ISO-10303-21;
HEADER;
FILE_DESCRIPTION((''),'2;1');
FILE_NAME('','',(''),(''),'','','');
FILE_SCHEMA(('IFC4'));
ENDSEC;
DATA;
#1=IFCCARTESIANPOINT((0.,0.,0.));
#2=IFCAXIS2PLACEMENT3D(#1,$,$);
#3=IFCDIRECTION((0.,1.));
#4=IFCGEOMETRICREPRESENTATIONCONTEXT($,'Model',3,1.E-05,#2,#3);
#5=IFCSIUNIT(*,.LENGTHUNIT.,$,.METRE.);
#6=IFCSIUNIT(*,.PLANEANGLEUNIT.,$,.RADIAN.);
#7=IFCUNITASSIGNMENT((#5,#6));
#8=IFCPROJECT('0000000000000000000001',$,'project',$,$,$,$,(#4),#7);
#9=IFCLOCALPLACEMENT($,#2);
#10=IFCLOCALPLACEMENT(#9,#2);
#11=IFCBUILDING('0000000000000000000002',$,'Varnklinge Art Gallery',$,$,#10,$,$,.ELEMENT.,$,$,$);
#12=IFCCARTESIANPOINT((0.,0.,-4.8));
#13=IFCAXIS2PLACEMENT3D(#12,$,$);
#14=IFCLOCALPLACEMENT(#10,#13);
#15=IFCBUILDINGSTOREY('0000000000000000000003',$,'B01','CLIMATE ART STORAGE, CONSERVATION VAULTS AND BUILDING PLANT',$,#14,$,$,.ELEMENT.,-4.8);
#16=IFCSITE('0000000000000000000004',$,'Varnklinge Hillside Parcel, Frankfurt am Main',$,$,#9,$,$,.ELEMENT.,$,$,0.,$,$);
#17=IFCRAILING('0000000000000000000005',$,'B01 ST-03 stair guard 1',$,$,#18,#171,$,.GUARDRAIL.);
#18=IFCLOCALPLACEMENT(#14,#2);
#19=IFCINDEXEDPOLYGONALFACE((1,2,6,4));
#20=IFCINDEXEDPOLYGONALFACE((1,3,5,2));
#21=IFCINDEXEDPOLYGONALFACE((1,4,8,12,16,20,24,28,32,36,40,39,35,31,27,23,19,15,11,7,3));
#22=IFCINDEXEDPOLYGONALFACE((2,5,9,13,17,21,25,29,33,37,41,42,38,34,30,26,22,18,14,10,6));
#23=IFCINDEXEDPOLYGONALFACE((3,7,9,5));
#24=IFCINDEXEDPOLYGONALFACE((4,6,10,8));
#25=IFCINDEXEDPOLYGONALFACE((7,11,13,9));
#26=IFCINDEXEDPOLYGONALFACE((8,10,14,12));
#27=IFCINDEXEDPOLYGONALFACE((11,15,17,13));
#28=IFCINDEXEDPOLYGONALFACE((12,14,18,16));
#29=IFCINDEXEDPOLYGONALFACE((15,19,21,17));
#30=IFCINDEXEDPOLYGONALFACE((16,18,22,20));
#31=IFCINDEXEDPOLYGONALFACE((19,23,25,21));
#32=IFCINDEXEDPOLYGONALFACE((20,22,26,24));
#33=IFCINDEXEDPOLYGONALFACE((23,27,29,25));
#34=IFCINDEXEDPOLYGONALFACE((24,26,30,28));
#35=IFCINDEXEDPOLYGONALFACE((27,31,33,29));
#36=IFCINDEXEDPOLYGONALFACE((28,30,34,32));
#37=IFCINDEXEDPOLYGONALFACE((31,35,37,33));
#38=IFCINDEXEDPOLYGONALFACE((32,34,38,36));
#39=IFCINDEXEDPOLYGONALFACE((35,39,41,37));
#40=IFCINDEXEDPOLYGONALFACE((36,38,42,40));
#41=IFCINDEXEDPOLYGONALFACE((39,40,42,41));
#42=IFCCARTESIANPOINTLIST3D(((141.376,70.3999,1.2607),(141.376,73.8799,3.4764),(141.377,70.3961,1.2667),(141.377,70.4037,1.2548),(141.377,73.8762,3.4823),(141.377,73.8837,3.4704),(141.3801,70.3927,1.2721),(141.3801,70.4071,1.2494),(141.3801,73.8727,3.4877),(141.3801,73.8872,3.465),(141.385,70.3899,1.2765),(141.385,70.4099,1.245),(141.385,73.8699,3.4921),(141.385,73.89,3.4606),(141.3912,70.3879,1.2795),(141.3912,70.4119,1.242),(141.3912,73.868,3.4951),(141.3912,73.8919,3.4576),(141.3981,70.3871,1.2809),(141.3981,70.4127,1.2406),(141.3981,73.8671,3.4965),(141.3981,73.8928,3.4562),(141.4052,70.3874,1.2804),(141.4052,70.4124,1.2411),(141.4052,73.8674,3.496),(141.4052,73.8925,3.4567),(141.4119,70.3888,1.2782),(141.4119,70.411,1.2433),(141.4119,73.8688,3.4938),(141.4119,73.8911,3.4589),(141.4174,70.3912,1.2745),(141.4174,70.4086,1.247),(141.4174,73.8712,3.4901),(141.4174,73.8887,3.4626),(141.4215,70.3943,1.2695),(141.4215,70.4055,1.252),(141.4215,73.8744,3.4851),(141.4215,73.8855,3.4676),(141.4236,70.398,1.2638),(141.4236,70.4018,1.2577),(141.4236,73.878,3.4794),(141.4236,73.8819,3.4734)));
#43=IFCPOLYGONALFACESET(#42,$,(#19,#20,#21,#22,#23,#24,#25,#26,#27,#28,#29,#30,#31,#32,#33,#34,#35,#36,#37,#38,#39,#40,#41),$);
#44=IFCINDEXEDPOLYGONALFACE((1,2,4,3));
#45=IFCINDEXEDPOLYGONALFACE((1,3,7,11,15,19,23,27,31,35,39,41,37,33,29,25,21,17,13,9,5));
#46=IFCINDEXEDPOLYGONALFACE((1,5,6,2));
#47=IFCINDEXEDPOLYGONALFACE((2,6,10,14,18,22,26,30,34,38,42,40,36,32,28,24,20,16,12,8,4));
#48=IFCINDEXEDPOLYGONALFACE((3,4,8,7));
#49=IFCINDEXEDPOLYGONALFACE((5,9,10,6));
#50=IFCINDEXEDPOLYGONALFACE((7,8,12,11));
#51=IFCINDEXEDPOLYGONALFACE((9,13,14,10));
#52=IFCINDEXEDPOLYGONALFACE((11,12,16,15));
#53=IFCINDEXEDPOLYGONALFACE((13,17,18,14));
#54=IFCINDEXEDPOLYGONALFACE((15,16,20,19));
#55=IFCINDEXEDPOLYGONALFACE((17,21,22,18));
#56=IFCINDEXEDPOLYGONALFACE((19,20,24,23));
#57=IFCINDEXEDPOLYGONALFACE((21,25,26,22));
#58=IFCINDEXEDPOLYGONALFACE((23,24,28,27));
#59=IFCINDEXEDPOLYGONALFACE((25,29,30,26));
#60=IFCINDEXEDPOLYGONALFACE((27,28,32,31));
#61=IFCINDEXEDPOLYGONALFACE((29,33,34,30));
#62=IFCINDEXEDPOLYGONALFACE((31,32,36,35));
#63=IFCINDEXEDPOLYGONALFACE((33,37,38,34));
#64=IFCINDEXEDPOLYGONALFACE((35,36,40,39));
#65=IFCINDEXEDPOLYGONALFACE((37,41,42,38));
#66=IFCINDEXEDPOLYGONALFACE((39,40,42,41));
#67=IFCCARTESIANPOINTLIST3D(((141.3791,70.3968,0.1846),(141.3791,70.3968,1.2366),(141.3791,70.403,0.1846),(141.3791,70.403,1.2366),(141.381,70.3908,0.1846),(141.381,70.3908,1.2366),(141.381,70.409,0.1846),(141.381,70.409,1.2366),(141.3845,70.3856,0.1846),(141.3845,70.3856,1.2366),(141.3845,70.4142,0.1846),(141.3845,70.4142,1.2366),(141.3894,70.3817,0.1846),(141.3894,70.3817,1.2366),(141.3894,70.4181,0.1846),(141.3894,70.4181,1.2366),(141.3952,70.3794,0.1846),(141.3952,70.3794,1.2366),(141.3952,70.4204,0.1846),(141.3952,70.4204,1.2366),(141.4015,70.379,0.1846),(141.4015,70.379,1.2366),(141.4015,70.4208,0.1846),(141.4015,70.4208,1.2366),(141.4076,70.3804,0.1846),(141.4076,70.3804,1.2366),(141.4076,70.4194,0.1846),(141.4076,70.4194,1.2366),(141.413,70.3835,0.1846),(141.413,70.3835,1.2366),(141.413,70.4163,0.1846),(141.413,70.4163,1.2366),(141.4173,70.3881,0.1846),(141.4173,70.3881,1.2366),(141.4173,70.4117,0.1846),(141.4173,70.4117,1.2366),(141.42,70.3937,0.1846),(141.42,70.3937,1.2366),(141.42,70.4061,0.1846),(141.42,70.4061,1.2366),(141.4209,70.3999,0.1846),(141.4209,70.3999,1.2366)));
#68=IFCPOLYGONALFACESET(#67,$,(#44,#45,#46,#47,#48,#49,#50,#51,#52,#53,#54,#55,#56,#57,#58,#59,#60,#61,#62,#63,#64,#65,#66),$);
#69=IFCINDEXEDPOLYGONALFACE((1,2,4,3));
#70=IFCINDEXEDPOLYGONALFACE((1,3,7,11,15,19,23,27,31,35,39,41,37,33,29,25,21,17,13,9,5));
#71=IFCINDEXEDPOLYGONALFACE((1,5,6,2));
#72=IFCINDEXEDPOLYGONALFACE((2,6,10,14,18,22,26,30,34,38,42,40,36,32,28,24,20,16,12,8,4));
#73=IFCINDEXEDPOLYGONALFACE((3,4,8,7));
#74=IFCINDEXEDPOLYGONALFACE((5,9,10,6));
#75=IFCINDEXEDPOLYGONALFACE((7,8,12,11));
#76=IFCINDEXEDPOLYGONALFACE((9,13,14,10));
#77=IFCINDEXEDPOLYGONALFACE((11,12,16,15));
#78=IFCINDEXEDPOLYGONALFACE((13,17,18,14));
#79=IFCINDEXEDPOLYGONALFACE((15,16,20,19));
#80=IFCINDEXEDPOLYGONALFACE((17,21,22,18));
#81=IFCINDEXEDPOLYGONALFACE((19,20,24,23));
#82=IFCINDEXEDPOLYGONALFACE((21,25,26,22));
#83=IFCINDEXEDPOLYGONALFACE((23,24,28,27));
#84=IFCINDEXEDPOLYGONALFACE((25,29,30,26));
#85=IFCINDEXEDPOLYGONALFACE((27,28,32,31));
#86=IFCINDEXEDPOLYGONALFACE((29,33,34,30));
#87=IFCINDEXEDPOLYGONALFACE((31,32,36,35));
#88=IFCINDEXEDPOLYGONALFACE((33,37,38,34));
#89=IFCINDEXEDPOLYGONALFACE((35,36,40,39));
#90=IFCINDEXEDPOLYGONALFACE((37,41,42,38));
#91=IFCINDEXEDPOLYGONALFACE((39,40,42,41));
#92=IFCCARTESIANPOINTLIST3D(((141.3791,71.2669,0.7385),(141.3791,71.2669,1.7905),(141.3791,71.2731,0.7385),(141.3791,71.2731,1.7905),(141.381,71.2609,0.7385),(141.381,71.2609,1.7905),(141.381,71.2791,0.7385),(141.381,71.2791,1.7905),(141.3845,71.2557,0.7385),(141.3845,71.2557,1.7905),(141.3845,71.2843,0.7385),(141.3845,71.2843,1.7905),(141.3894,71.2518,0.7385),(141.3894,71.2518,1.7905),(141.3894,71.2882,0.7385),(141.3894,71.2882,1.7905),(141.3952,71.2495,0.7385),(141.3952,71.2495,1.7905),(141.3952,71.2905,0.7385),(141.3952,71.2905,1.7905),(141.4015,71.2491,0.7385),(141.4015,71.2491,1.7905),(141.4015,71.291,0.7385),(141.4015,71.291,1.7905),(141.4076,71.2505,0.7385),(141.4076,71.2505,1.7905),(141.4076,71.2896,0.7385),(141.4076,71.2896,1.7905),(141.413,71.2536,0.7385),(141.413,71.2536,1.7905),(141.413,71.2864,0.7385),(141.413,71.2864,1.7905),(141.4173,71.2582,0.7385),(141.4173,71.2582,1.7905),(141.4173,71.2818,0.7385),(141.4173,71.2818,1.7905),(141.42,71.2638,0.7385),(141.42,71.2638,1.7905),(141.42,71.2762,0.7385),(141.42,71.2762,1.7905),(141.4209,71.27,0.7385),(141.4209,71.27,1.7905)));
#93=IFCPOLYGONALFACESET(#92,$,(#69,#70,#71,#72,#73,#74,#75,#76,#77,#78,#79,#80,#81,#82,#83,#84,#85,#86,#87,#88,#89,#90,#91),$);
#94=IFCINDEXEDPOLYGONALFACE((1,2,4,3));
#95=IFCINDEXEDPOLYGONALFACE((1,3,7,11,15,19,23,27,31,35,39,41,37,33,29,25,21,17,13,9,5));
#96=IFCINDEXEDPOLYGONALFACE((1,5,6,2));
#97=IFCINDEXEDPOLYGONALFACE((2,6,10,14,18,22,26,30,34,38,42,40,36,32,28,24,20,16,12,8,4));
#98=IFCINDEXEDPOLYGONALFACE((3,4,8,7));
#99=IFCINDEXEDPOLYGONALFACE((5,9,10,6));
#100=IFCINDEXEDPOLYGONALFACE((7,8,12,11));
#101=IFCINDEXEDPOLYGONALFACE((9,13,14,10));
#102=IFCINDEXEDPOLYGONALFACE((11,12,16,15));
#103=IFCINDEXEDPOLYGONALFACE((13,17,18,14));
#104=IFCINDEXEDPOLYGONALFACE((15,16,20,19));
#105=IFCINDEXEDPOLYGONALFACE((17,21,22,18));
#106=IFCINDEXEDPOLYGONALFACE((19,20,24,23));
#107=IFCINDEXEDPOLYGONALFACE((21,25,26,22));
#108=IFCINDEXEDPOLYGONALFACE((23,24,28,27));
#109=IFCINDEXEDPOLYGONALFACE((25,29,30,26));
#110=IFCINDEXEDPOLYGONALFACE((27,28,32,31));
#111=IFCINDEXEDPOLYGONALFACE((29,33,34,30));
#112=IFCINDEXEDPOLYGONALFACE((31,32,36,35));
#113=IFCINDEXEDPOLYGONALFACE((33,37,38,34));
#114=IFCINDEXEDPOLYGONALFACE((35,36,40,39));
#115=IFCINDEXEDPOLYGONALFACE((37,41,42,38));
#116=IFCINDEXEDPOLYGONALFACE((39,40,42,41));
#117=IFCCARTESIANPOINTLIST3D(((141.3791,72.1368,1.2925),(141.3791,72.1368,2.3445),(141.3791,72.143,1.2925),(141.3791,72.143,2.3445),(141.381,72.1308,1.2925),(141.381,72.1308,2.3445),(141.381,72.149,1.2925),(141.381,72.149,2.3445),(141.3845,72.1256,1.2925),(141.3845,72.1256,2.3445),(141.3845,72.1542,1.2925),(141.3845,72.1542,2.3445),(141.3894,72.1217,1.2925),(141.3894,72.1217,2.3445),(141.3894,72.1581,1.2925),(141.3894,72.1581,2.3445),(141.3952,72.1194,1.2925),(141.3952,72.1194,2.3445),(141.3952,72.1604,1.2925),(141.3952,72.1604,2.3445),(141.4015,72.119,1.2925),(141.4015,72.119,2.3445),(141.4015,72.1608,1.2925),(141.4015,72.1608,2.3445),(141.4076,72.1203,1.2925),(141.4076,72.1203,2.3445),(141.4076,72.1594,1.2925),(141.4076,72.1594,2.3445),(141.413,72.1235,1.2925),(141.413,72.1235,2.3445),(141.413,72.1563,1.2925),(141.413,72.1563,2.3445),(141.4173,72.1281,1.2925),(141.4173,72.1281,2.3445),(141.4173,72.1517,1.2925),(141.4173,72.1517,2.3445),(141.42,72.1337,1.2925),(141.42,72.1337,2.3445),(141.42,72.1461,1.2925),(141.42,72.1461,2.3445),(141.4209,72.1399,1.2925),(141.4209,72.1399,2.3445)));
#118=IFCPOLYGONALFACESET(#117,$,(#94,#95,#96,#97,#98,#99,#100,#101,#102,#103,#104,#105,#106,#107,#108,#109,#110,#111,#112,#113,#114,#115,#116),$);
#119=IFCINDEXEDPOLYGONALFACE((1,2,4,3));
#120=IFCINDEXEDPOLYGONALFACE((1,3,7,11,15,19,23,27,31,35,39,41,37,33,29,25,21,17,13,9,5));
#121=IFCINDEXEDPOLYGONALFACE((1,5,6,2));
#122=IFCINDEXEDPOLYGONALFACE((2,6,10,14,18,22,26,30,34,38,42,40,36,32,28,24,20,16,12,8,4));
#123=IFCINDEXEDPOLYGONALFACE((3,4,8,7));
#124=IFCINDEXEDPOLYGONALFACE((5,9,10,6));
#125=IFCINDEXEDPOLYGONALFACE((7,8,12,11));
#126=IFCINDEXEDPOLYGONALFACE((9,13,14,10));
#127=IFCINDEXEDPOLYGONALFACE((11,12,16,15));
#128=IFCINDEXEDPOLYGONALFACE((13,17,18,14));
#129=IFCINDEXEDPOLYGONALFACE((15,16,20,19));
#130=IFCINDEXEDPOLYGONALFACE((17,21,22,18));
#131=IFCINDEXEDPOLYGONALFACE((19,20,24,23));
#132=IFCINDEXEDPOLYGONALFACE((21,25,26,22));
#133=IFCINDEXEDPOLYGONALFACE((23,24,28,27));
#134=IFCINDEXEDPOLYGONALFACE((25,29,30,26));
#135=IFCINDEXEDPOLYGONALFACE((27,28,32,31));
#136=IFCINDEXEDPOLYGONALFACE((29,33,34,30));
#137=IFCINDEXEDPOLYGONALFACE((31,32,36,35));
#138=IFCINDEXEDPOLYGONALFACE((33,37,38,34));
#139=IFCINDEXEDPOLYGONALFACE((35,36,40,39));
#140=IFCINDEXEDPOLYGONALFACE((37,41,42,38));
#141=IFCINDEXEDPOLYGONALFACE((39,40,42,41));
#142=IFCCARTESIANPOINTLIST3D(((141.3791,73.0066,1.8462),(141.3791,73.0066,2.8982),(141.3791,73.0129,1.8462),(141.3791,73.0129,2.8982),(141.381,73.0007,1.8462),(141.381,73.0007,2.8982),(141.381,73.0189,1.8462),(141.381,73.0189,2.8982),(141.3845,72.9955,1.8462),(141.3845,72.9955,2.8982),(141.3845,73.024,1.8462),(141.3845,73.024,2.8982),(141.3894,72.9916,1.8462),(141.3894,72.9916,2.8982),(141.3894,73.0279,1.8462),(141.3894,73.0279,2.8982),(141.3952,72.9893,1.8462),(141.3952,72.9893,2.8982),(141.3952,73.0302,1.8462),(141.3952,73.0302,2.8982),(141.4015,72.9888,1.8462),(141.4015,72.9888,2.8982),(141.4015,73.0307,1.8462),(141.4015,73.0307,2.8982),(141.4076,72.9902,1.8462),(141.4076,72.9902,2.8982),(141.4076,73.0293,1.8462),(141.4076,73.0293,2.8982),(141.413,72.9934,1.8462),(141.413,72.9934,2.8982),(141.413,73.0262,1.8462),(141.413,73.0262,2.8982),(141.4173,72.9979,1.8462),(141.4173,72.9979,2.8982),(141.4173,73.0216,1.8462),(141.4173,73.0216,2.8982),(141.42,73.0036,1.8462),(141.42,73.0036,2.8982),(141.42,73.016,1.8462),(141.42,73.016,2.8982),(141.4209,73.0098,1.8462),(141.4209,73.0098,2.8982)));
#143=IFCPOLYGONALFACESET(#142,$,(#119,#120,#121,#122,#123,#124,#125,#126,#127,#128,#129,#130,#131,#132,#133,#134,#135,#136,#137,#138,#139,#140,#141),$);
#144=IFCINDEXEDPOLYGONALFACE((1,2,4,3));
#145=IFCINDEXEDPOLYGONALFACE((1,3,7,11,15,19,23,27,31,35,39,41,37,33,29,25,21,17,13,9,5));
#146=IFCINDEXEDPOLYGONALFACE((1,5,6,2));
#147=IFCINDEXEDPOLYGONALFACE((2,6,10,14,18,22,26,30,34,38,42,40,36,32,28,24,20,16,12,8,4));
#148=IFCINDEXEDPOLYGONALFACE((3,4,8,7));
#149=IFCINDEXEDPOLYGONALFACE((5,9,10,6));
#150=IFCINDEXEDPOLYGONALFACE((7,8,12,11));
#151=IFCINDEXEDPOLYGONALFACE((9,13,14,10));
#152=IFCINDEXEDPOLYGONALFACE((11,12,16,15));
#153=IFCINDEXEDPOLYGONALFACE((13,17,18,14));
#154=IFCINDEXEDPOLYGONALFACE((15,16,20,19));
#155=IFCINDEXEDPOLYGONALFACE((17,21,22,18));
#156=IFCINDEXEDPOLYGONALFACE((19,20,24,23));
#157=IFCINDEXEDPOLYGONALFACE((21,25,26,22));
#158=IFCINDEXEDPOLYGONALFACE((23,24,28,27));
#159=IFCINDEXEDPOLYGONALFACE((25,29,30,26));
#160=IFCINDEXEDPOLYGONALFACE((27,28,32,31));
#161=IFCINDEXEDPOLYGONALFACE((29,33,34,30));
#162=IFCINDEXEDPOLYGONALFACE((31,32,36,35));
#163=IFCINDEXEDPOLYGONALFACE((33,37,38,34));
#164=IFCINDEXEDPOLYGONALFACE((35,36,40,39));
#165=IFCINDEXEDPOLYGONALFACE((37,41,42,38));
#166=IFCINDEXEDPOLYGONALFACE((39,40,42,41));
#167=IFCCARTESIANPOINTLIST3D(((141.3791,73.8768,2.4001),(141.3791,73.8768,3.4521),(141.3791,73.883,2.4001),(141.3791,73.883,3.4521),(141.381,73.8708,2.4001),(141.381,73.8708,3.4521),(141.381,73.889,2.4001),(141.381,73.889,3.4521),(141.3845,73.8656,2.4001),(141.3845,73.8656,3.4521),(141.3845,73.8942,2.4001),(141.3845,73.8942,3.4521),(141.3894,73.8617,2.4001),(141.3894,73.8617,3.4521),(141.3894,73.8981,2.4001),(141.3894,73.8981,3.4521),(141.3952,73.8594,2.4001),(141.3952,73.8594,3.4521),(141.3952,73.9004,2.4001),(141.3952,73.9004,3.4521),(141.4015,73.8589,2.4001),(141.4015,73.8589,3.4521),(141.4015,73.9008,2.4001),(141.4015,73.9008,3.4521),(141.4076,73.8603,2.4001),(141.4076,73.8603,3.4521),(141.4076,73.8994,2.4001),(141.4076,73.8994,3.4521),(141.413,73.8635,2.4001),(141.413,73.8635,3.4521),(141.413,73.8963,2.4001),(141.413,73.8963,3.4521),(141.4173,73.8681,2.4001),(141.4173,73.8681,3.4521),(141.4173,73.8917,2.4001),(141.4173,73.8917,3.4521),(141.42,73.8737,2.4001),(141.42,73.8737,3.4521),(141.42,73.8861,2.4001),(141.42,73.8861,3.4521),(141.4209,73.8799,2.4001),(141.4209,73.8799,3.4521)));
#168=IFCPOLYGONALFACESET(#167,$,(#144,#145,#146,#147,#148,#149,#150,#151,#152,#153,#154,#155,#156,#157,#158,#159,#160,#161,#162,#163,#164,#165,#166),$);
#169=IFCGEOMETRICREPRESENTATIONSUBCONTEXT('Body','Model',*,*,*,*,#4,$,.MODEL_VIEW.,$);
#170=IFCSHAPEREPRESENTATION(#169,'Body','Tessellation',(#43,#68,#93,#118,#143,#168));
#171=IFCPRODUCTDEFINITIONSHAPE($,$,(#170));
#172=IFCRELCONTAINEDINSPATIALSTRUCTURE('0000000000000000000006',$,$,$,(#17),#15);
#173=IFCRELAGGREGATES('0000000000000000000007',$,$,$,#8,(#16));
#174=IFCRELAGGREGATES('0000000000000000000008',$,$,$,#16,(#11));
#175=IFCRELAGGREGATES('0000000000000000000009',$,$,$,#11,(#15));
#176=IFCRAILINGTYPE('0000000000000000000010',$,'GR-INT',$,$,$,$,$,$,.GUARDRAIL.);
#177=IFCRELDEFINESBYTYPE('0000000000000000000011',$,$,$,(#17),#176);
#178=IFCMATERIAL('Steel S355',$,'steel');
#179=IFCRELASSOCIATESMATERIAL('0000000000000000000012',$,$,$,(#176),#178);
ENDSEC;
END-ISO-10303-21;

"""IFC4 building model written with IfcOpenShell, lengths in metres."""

from ifc_helpers import new_model, si_unit, direction, frame, origin, origin_2d, place, context, subcontext, project, spatial, circle, extrude, material, type_object, element, save


model = new_model("IFC4")

# Units and contexts
model_context = context("Model", 3, precision=1e-05, world=origin(), true_north=direction((0.0, 1.0)))
body_context = subcontext(model_context, "Body", "Model", "MODEL_VIEW")
ifc_project = project(units=[si_unit("LENGTHUNIT", "METRE"), si_unit("PLANEANGLEUNIT", "RADIAN")], contexts=[model_context])

# Site, building, storey
site_placement = place(None, origin())
site = spatial("IfcSite", under=ifc_project, at=site_placement, Name="Varnklinge Hillside Parcel, Frankfurt am Main", CompositionType="ELEMENT", RefElevation=0.0)
building_placement = place(site_placement, origin())
building = spatial("IfcBuilding", under=site, at=building_placement, Name="Varnklinge Art Gallery", CompositionType="ELEMENT")
storey_placement = place(building_placement, frame((0.0, 0.0, -4.8)))
storey = spatial("IfcBuildingStorey", under=building, at=storey_placement, Name="B01", Description="CLIMATE ART STORAGE, CONSERVATION VAULTS AND BUILDING PLANT", CompositionType="ELEMENT", Elevation=-4.8)

# Railing
ifc_material_1 = material(Name="Steel S355", Category="steel")
railing_type_1 = type_object("IfcRailingType", Name="GR-INT", PredefinedType="GUARDRAIL", material=ifc_material_1)
railing_1_placement = place(storey_placement, frame((141.3999, 70.3999, 0.1846)))
element("IfcRailing", 1, at=railing_1_placement, inside=storey, type_object=railing_type_1, Name="B01 ST-03 stair guard 1", PredefinedType="GUARDRAIL", context=body_context, shape_type="SweptSolid", body=[
    extrude(circle(Radius=0.0239, at=origin_2d()), frame((0.0, 0.0, 1.0762), z_axis=(0.0, 0.843547, 0.537055), x_axis=(-1.0, 0.0, 0.0)), (0.0, 0.0, 1.0), 4.1255),
    extrude(circle(Radius=0.021, at=origin_2d()), origin(), (0.0, 0.0, 1.0), 1.052),
    extrude(circle(Radius=0.021, at=origin_2d()), frame((0.0, 0.8701, 0.554)), (0.0, 0.0, 1.0), 1.052),
    extrude(circle(Radius=0.021, at=origin_2d()), frame((0.0, 1.74, 1.1079)), (0.0, 0.0, 1.0), 1.052),
    extrude(circle(Radius=0.021, at=origin_2d()), frame((0.0, 2.6099, 1.6616)), (0.0, 0.0, 1.0), 1.052),
    extrude(circle(Radius=0.021, at=origin_2d()), frame((0.0, 3.48, 2.2156)), (0.0, 0.0, 1.0), 1.052),
])

save(model, "model.ifc")
